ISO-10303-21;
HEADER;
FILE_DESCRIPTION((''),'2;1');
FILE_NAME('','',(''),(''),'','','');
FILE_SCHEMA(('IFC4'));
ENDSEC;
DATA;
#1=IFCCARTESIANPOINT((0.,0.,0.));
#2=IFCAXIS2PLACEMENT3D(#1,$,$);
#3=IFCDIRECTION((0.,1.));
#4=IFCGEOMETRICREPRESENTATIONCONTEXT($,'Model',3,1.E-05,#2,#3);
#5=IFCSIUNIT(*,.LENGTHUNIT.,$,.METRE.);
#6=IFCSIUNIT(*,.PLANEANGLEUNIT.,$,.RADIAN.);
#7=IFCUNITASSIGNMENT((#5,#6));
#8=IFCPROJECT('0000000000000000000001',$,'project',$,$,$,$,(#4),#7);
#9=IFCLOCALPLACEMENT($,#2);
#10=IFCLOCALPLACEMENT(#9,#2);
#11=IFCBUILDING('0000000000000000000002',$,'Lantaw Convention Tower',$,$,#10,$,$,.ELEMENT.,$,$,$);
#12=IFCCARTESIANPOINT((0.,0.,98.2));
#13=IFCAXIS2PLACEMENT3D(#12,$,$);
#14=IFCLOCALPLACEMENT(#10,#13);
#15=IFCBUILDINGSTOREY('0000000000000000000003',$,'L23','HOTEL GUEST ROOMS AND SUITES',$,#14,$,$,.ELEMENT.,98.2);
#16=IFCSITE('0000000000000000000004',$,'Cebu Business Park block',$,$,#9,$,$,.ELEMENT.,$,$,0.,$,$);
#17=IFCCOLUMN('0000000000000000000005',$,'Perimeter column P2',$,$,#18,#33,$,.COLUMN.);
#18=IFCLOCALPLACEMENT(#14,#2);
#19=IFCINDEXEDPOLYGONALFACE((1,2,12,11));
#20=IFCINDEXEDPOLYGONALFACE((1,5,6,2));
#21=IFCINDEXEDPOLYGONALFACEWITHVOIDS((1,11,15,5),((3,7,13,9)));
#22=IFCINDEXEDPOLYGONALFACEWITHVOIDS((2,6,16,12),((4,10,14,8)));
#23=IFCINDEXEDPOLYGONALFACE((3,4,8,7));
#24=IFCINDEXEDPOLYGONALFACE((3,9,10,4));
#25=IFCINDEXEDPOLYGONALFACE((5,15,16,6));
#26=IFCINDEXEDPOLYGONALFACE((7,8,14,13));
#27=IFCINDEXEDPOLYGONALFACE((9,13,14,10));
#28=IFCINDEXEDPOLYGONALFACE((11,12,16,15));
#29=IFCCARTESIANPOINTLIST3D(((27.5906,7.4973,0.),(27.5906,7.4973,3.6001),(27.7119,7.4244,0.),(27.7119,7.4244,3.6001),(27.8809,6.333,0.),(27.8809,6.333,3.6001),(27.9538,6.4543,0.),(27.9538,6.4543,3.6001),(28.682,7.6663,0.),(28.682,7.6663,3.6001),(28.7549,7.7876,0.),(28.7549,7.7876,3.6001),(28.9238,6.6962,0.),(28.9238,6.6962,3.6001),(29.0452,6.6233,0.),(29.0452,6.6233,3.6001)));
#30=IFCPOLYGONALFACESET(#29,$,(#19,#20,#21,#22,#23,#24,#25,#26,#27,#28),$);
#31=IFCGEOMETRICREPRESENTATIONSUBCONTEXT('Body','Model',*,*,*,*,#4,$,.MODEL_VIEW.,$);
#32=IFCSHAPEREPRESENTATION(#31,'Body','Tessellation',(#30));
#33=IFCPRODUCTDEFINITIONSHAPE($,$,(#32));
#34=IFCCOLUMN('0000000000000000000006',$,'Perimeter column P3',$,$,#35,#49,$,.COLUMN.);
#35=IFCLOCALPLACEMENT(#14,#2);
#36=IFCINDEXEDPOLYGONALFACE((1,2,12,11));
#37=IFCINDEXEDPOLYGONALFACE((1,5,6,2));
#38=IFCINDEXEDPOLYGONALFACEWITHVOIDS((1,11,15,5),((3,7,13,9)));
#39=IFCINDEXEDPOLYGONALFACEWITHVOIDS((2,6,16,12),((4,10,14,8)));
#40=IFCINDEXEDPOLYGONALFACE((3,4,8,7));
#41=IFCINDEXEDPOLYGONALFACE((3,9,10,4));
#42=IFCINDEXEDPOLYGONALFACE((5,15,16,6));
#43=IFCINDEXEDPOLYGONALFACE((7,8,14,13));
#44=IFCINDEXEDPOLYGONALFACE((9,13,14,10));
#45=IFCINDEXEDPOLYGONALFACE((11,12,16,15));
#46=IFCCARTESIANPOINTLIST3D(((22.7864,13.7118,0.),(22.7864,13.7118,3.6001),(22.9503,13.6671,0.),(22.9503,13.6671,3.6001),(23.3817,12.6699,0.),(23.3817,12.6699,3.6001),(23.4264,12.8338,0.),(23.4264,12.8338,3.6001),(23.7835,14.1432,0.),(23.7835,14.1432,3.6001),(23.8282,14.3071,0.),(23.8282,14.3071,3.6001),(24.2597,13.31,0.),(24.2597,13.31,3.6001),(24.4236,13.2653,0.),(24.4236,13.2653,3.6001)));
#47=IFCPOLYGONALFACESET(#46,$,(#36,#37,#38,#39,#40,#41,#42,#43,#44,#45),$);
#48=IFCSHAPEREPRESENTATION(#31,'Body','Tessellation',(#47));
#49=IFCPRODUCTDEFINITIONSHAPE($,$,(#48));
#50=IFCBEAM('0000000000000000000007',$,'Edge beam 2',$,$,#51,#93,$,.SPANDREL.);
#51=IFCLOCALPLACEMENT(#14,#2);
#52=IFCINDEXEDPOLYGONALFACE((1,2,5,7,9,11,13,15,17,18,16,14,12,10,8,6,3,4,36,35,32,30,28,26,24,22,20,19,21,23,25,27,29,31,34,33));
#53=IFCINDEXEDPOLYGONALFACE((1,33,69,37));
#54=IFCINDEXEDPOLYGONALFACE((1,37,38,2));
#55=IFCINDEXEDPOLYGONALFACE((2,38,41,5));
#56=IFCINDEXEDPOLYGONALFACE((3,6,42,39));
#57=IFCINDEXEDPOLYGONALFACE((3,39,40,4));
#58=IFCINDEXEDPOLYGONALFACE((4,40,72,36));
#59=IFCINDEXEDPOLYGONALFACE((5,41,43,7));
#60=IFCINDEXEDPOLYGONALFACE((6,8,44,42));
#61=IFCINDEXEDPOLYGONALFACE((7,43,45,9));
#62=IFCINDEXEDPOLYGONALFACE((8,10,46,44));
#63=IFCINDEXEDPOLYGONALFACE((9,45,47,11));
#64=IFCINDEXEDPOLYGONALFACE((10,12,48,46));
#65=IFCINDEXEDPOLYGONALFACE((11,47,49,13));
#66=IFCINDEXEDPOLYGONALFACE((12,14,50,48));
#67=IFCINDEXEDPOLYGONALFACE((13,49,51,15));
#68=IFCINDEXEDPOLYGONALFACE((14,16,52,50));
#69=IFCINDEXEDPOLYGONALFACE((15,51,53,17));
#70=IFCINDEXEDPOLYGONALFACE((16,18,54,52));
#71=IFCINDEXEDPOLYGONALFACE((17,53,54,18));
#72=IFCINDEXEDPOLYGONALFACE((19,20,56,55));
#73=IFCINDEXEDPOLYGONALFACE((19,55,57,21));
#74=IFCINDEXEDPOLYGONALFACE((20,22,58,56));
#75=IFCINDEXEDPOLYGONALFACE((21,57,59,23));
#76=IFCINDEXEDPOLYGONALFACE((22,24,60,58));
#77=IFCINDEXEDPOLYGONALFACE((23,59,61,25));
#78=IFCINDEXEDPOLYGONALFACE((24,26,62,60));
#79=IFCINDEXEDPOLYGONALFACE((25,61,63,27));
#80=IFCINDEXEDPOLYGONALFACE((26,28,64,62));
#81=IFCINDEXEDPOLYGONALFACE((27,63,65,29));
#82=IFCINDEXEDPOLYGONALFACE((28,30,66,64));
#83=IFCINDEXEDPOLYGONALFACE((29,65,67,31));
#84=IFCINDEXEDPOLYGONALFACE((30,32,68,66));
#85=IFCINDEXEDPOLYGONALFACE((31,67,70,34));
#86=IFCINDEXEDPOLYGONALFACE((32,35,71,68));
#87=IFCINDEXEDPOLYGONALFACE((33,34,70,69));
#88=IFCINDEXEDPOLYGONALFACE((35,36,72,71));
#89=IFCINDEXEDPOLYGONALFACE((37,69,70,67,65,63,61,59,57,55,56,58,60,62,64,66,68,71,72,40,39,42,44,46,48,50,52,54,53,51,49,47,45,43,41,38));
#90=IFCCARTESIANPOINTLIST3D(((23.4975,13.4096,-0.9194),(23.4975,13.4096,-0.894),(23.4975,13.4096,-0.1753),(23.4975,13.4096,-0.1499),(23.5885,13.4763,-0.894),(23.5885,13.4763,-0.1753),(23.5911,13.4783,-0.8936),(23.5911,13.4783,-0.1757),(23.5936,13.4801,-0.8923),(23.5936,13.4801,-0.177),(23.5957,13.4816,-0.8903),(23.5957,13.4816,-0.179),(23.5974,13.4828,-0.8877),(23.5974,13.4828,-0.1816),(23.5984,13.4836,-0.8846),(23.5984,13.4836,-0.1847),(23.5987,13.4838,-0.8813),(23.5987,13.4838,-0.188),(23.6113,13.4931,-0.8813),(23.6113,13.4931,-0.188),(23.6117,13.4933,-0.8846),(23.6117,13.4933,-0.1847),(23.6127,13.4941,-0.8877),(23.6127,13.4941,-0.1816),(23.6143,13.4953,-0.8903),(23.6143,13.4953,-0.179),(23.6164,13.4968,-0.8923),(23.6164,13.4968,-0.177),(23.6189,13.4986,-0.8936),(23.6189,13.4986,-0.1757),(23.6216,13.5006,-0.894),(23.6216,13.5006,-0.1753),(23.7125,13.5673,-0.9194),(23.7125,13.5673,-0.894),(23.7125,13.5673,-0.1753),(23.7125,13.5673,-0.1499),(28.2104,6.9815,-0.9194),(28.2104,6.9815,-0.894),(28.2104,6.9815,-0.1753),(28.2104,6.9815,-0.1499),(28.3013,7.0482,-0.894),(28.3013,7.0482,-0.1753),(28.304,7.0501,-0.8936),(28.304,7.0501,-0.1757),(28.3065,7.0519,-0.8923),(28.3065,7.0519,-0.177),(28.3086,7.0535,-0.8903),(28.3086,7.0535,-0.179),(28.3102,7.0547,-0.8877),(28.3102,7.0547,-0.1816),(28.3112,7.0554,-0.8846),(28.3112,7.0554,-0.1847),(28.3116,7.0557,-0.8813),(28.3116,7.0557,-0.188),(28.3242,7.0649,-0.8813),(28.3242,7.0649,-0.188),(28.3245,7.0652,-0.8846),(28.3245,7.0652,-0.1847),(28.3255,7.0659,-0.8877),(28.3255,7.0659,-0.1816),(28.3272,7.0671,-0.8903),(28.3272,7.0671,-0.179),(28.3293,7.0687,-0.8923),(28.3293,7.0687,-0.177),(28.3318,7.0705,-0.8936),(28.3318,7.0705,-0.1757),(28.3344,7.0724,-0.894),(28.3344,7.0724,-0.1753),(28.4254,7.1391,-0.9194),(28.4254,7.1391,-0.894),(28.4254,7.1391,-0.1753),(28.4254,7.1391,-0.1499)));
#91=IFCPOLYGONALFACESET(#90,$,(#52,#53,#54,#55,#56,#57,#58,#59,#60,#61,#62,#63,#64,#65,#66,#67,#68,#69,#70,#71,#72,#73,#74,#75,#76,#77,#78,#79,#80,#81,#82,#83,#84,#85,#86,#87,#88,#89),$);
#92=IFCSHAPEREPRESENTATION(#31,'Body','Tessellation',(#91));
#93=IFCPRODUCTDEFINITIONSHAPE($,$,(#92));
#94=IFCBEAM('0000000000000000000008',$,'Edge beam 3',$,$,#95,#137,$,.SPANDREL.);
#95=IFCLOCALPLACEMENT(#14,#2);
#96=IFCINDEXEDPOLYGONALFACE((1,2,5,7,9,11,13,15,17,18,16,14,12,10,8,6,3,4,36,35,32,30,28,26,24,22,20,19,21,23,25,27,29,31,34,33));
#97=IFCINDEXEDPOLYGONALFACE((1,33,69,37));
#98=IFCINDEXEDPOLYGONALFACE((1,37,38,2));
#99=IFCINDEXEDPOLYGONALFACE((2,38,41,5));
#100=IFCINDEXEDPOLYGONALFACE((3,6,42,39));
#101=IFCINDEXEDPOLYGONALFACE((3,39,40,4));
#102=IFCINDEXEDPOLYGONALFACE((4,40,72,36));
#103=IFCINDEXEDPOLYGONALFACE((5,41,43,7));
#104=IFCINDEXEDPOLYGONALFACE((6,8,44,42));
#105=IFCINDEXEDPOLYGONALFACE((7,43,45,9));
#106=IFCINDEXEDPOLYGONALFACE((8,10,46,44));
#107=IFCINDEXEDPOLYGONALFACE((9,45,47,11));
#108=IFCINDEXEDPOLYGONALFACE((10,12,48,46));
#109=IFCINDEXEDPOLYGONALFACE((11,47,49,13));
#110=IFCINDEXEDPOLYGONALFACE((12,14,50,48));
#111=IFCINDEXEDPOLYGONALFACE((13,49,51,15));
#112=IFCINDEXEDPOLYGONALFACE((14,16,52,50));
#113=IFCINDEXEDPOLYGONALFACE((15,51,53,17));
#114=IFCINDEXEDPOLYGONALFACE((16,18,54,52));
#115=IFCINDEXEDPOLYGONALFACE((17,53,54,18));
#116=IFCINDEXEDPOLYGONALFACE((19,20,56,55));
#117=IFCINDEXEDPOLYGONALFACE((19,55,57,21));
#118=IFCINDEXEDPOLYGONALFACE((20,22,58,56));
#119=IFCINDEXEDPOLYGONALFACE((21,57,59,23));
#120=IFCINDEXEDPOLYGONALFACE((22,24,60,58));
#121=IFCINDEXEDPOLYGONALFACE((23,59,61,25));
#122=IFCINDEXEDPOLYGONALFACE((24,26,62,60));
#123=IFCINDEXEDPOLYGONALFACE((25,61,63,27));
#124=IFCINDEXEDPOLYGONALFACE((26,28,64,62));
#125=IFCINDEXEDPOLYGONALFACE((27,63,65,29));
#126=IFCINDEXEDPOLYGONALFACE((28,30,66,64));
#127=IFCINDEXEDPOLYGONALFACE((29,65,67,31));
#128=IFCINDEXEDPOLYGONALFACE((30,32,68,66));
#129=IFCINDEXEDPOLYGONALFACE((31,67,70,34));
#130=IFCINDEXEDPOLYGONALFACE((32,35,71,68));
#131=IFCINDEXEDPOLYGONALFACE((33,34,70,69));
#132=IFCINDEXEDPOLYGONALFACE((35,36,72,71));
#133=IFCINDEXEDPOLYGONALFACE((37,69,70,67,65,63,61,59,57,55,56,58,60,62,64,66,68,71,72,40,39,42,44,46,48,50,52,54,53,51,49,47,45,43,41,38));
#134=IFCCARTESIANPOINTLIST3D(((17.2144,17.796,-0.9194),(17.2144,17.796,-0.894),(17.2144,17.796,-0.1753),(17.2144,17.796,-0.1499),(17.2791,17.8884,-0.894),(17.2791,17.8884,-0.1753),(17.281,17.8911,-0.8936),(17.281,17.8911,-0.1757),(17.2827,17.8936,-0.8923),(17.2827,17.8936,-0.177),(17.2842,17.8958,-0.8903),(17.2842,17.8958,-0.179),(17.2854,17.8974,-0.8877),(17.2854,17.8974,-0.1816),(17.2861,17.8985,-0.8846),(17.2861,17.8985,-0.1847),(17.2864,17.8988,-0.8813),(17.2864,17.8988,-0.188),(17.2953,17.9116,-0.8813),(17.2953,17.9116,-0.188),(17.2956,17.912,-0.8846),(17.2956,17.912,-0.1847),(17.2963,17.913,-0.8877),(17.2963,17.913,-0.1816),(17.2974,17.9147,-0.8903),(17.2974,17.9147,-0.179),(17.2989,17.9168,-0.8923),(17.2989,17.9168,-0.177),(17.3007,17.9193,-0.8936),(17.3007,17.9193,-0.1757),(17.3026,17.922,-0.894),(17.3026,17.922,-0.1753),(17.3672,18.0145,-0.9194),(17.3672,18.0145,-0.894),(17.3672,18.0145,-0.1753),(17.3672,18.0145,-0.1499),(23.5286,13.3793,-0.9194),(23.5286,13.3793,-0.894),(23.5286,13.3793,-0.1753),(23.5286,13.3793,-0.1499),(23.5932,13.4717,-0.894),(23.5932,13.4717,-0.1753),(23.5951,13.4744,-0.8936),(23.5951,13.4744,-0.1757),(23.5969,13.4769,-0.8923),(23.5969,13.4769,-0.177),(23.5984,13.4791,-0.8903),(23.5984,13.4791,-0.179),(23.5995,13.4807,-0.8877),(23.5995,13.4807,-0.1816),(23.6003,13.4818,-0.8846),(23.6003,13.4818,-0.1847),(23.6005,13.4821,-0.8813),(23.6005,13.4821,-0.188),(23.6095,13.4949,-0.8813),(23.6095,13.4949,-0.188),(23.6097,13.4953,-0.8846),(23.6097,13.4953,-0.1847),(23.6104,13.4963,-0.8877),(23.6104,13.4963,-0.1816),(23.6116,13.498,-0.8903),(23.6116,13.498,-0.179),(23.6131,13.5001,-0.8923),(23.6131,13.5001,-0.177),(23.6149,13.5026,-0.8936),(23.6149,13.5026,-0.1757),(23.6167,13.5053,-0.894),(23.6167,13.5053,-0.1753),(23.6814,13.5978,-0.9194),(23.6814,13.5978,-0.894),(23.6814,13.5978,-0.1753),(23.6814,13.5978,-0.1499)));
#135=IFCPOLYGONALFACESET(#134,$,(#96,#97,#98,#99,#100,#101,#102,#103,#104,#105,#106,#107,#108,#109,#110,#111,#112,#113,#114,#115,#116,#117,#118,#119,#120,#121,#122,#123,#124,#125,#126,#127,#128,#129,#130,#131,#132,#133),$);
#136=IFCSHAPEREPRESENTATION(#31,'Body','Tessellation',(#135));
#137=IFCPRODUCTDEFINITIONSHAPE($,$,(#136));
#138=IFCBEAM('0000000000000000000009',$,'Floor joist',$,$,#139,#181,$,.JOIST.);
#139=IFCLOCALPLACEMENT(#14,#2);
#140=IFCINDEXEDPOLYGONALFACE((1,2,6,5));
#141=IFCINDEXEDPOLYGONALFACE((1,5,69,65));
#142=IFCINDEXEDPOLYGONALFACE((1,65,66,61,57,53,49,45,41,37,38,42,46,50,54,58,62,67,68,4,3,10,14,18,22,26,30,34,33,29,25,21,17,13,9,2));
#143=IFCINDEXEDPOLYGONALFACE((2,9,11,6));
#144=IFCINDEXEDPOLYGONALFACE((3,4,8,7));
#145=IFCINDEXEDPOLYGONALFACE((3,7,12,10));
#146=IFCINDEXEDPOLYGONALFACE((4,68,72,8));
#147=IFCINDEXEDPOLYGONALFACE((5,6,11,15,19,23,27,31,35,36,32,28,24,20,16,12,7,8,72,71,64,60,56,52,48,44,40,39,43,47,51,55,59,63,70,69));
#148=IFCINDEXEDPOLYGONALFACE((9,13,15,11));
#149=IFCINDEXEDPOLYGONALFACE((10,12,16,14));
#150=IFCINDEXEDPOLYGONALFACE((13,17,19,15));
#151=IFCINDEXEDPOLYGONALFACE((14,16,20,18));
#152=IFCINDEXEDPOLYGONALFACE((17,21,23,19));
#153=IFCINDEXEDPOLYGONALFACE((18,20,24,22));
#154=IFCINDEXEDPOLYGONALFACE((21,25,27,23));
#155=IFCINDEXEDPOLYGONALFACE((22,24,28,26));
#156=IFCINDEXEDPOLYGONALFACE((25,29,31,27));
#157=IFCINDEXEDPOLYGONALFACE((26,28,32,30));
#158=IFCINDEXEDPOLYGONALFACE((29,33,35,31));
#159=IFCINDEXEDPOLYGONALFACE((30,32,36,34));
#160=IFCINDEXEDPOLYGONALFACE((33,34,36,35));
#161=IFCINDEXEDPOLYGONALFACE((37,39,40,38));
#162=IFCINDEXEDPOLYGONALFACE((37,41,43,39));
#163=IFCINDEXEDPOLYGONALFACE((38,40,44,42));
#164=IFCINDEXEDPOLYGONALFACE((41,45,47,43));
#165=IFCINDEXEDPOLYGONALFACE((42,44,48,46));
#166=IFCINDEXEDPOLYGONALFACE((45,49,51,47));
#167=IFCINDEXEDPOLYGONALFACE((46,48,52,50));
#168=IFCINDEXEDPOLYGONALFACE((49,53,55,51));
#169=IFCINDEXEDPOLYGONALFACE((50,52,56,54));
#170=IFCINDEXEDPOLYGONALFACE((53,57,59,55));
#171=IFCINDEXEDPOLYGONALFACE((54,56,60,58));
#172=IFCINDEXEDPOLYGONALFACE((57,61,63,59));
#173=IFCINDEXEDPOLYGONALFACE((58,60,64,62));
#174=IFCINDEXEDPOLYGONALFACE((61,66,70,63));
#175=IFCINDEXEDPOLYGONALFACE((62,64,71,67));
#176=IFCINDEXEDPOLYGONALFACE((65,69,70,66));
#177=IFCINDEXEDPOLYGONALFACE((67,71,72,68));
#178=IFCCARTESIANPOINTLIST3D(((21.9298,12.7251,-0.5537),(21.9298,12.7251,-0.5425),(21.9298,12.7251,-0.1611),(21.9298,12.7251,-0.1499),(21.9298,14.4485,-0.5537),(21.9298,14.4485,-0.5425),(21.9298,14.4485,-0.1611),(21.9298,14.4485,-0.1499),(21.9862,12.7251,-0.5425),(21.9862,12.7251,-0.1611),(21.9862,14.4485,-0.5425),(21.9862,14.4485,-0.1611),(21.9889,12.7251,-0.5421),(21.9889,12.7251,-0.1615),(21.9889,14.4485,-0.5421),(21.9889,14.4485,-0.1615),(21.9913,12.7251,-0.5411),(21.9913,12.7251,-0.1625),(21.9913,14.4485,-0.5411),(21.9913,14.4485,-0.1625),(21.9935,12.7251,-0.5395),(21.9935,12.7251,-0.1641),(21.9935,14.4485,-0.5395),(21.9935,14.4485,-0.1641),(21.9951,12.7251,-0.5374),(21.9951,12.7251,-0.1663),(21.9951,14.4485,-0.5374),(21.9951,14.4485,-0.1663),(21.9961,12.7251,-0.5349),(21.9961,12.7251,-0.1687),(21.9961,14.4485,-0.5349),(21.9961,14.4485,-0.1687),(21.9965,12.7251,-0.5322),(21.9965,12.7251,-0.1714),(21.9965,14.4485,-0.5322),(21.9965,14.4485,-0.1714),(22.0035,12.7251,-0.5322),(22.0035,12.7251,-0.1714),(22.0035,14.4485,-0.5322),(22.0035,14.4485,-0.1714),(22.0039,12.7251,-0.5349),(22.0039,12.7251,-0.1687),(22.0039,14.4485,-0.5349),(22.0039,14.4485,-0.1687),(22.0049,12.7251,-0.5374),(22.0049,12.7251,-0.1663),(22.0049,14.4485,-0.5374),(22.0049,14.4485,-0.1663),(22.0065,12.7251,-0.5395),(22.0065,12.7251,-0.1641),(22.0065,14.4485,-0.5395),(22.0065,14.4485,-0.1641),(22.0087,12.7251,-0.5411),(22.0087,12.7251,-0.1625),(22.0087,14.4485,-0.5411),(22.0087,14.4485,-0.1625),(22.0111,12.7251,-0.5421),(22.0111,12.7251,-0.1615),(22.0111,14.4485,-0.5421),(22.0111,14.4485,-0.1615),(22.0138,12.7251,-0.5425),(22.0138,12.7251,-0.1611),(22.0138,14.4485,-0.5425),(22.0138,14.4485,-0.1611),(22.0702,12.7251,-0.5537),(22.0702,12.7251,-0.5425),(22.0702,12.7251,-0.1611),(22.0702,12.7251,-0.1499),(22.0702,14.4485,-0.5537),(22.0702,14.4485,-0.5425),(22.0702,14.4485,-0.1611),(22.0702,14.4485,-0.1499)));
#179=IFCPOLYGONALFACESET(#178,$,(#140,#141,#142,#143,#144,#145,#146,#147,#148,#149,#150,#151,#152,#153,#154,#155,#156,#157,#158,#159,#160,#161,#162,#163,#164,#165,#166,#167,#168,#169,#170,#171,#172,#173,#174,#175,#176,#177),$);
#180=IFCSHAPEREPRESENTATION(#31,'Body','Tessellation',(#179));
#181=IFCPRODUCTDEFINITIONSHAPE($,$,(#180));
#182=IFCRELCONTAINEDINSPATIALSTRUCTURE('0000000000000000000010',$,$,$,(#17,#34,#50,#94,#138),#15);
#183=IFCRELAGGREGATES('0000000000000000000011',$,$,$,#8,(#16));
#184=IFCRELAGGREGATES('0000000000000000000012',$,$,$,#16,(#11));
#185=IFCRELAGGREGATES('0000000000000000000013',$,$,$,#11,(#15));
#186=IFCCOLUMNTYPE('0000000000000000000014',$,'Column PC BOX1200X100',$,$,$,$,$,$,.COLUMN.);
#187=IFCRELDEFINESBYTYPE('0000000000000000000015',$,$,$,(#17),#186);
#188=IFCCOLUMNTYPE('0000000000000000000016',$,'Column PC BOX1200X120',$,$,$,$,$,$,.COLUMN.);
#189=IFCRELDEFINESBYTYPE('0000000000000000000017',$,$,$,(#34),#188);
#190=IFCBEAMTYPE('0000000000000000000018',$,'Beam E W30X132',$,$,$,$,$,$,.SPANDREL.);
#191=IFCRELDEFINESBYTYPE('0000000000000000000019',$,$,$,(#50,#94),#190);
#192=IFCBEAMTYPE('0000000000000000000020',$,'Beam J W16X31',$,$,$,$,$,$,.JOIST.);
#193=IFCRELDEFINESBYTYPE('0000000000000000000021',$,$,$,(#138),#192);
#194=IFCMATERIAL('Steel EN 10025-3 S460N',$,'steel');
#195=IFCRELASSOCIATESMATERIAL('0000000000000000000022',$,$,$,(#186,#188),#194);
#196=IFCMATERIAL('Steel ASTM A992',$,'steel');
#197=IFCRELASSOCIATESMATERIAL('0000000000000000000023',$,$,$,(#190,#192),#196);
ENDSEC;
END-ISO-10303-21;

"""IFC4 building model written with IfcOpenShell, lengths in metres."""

from ifc_helpers import new_model, si_unit, direction, frame, origin, origin_2d, place, context, subcontext, project, spatial, rectangle, hollow_rectangle, i_section, extrude, material, material_profile, profile_set, type_object, element, save


model = new_model("IFC4")

# Units and contexts
model_context = context("Model", 3, precision=1e-05, world=origin(), true_north=direction((0.0, 1.0)))
body_context = subcontext(model_context, "Body", "Model", "MODEL_VIEW")
ifc_project = project(units=[si_unit("LENGTHUNIT", "METRE"), si_unit("PLANEANGLEUNIT", "RADIAN")], contexts=[model_context])

# Site, building, storey
site_placement = place(None, origin())
site = spatial("IfcSite", under=ifc_project, at=site_placement, Name="Cebu Business Park block", CompositionType="ELEMENT", RefElevation=0.0)
building_placement = place(site_placement, origin())
building = spatial("IfcBuilding", under=site, at=building_placement, Name="Lantaw Convention Tower", CompositionType="ELEMENT")
storey_placement = place(building_placement, frame((0.0, 0.0, 98.2)))
storey = spatial("IfcBuildingStorey", under=building, at=storey_placement, Name="L23", Description="HOTEL GUEST ROOMS AND SUITES", CompositionType="ELEMENT", Elevation=98.2)

# Columns
ifc_material_1 = material(Name="Steel EN 10025-3 S460N", Category="steel")
ifc_material_profile_1 = material_profile(ifc_material_1, hollow_rectangle(XDim=1.2, YDim=1.2, WallThickness=0.1001, at=origin_2d()), Name="BOX1200X100")
ifc_material_2 = material(Name="Concrete C60/75", Category="concrete")
ifc_material_profile_2 = material_profile(ifc_material_2, rectangle(XDim=1.0, YDim=1.0, at=origin_2d()), Name="Concrete fill of BOX1200X100")
ifc_profile_set_1 = profile_set([ifc_material_profile_1, ifc_material_profile_2], Name="Steel EN 10025-3 S460N")
column_type_1 = type_object("IfcColumnType", Name="Column PC BOX1200X100", PredefinedType="COLUMN", material=ifc_profile_set_1)
column_1_placement = place(storey_placement, frame((28.3179, 7.0603, 0.0), z_axis=(0.0, 0.0, 1.0), x_axis=(0.970296, 0.241922, 0.0)))
element("IfcColumn", 1, at=column_1_placement, inside=storey, type_object=column_type_1, Name="Perimeter column P2", PredefinedType="COLUMN", context=body_context, shape_type="SweptSolid", body=[
    extrude(hollow_rectangle(XDim=1.2, YDim=1.2, WallThickness=0.1001, at=origin_2d()), origin(), (0.0, 0.0, 1.0), 3.6001),
])
ifc_material_profile_3 = material_profile(ifc_material_1, hollow_rectangle(XDim=1.2, YDim=1.2, WallThickness=0.1201, at=origin_2d()), Name="BOX1200X120")
ifc_material_profile_4 = material_profile(ifc_material_2, rectangle(XDim=0.96, YDim=0.96, at=origin_2d()), Name="Concrete fill of BOX1200X120")
ifc_profile_set_2 = profile_set([ifc_material_profile_3, ifc_material_profile_4], Name="Steel EN 10025-3 S460N")
column_type_2 = type_object("IfcColumnType", Name="Column PC BOX1200X120", PredefinedType="COLUMN", material=ifc_profile_set_2)
column_2_placement = place(storey_placement, frame((23.605, 13.4885, 0.0), z_axis=(0.0, 0.0, 1.0), x_axis=(0.868243, 0.496139, 0.0)))
element("IfcColumn", 2, at=column_2_placement, inside=storey, type_object=column_type_2, Name="Perimeter column P3", PredefinedType="COLUMN", context=body_context, shape_type="SweptSolid", body=[
    extrude(hollow_rectangle(XDim=1.2, YDim=1.2, WallThickness=0.1201, at=origin_2d()), origin(), (0.0, 0.0, 1.0), 3.6001),
])

# Beams
ifc_material_3 = material(Name="Steel ASTM A992", Category="steel")
ifc_material_profile_5 = material_profile(ifc_material_3, i_section(OverallWidth=0.2666, OverallDepth=0.7695, WebThickness=0.0156, FlangeThickness=0.0254, FilletRadius=0.0127, at=origin_2d()), Name="W30X132")
ifc_profile_set_3 = profile_set([ifc_material_profile_5], Name="Steel ASTM A992")
beam_type_1 = type_object("IfcBeamType", Name="Beam E W30X132", PredefinedType="SPANDREL", material=ifc_profile_set_3)
beam_1_placement = place(storey_placement, frame((28.3179, 7.0603, -0.5347), z_axis=(-0.591271, 0.806473, 0.0), x_axis=(-0.806473, -0.591271, 0.0)))
element("IfcBeam", 3, at=beam_1_placement, inside=storey, type_object=beam_type_1, Name="Edge beam 2", PredefinedType="SPANDREL", context=body_context, shape_type="SweptSolid", body=[
    extrude(i_section(OverallWidth=0.2666, OverallDepth=0.7695, WebThickness=0.0156, FlangeThickness=0.0254, FilletRadius=0.0127, at=origin_2d()), origin(), (0.0, 0.0, 1.0), 7.9707),
])
beam_2_placement = place(storey_placement, frame((23.605, 13.4885, -0.5347), z_axis=(-0.819427, 0.573184, 0.0), x_axis=(-0.573184, -0.819427, 0.0)))
element("IfcBeam", 4, at=beam_2_placement, inside=storey, type_object=beam_type_1, Name="Edge beam 3", PredefinedType="SPANDREL", context=body_context, shape_type="SweptSolid", body=[
    extrude(i_section(OverallWidth=0.2666, OverallDepth=0.7695, WebThickness=0.0156, FlangeThickness=0.0254, FilletRadius=0.0127, at=origin_2d()), origin(), (0.0, 0.0, 1.0), 7.7056),
])
ifc_material_profile_6 = material_profile(ifc_material_3, i_section(OverallWidth=0.1404, OverallDepth=0.4038, WebThickness=0.0071, FlangeThickness=0.0112, FilletRadius=0.0103, at=origin_2d()), Name="W16X31")
ifc_profile_set_4 = profile_set([ifc_material_profile_6], Name="Steel ASTM A992")
beam_type_2 = type_object("IfcBeamType", Name="Beam J W16X31", PredefinedType="JOIST", material=ifc_profile_set_4)
beam_3_placement = place(storey_placement, frame((22.0, 12.7251, -0.3518), z_axis=(0.0, 1.0, 0.0), x_axis=(-1.0, 0.0, 0.0)))
element("IfcBeam", 5, at=beam_3_placement, inside=storey, type_object=beam_type_2, Name="Floor joist", PredefinedType="JOIST", context=body_context, shape_type="SweptSolid", body=[
    extrude(i_section(OverallWidth=0.1404, OverallDepth=0.4038, WebThickness=0.0071, FlangeThickness=0.0112, FilletRadius=0.0103, at=origin_2d()), origin(), (0.0, 0.0, 1.0), 1.7234),
])

save(model, "model.ifc")
